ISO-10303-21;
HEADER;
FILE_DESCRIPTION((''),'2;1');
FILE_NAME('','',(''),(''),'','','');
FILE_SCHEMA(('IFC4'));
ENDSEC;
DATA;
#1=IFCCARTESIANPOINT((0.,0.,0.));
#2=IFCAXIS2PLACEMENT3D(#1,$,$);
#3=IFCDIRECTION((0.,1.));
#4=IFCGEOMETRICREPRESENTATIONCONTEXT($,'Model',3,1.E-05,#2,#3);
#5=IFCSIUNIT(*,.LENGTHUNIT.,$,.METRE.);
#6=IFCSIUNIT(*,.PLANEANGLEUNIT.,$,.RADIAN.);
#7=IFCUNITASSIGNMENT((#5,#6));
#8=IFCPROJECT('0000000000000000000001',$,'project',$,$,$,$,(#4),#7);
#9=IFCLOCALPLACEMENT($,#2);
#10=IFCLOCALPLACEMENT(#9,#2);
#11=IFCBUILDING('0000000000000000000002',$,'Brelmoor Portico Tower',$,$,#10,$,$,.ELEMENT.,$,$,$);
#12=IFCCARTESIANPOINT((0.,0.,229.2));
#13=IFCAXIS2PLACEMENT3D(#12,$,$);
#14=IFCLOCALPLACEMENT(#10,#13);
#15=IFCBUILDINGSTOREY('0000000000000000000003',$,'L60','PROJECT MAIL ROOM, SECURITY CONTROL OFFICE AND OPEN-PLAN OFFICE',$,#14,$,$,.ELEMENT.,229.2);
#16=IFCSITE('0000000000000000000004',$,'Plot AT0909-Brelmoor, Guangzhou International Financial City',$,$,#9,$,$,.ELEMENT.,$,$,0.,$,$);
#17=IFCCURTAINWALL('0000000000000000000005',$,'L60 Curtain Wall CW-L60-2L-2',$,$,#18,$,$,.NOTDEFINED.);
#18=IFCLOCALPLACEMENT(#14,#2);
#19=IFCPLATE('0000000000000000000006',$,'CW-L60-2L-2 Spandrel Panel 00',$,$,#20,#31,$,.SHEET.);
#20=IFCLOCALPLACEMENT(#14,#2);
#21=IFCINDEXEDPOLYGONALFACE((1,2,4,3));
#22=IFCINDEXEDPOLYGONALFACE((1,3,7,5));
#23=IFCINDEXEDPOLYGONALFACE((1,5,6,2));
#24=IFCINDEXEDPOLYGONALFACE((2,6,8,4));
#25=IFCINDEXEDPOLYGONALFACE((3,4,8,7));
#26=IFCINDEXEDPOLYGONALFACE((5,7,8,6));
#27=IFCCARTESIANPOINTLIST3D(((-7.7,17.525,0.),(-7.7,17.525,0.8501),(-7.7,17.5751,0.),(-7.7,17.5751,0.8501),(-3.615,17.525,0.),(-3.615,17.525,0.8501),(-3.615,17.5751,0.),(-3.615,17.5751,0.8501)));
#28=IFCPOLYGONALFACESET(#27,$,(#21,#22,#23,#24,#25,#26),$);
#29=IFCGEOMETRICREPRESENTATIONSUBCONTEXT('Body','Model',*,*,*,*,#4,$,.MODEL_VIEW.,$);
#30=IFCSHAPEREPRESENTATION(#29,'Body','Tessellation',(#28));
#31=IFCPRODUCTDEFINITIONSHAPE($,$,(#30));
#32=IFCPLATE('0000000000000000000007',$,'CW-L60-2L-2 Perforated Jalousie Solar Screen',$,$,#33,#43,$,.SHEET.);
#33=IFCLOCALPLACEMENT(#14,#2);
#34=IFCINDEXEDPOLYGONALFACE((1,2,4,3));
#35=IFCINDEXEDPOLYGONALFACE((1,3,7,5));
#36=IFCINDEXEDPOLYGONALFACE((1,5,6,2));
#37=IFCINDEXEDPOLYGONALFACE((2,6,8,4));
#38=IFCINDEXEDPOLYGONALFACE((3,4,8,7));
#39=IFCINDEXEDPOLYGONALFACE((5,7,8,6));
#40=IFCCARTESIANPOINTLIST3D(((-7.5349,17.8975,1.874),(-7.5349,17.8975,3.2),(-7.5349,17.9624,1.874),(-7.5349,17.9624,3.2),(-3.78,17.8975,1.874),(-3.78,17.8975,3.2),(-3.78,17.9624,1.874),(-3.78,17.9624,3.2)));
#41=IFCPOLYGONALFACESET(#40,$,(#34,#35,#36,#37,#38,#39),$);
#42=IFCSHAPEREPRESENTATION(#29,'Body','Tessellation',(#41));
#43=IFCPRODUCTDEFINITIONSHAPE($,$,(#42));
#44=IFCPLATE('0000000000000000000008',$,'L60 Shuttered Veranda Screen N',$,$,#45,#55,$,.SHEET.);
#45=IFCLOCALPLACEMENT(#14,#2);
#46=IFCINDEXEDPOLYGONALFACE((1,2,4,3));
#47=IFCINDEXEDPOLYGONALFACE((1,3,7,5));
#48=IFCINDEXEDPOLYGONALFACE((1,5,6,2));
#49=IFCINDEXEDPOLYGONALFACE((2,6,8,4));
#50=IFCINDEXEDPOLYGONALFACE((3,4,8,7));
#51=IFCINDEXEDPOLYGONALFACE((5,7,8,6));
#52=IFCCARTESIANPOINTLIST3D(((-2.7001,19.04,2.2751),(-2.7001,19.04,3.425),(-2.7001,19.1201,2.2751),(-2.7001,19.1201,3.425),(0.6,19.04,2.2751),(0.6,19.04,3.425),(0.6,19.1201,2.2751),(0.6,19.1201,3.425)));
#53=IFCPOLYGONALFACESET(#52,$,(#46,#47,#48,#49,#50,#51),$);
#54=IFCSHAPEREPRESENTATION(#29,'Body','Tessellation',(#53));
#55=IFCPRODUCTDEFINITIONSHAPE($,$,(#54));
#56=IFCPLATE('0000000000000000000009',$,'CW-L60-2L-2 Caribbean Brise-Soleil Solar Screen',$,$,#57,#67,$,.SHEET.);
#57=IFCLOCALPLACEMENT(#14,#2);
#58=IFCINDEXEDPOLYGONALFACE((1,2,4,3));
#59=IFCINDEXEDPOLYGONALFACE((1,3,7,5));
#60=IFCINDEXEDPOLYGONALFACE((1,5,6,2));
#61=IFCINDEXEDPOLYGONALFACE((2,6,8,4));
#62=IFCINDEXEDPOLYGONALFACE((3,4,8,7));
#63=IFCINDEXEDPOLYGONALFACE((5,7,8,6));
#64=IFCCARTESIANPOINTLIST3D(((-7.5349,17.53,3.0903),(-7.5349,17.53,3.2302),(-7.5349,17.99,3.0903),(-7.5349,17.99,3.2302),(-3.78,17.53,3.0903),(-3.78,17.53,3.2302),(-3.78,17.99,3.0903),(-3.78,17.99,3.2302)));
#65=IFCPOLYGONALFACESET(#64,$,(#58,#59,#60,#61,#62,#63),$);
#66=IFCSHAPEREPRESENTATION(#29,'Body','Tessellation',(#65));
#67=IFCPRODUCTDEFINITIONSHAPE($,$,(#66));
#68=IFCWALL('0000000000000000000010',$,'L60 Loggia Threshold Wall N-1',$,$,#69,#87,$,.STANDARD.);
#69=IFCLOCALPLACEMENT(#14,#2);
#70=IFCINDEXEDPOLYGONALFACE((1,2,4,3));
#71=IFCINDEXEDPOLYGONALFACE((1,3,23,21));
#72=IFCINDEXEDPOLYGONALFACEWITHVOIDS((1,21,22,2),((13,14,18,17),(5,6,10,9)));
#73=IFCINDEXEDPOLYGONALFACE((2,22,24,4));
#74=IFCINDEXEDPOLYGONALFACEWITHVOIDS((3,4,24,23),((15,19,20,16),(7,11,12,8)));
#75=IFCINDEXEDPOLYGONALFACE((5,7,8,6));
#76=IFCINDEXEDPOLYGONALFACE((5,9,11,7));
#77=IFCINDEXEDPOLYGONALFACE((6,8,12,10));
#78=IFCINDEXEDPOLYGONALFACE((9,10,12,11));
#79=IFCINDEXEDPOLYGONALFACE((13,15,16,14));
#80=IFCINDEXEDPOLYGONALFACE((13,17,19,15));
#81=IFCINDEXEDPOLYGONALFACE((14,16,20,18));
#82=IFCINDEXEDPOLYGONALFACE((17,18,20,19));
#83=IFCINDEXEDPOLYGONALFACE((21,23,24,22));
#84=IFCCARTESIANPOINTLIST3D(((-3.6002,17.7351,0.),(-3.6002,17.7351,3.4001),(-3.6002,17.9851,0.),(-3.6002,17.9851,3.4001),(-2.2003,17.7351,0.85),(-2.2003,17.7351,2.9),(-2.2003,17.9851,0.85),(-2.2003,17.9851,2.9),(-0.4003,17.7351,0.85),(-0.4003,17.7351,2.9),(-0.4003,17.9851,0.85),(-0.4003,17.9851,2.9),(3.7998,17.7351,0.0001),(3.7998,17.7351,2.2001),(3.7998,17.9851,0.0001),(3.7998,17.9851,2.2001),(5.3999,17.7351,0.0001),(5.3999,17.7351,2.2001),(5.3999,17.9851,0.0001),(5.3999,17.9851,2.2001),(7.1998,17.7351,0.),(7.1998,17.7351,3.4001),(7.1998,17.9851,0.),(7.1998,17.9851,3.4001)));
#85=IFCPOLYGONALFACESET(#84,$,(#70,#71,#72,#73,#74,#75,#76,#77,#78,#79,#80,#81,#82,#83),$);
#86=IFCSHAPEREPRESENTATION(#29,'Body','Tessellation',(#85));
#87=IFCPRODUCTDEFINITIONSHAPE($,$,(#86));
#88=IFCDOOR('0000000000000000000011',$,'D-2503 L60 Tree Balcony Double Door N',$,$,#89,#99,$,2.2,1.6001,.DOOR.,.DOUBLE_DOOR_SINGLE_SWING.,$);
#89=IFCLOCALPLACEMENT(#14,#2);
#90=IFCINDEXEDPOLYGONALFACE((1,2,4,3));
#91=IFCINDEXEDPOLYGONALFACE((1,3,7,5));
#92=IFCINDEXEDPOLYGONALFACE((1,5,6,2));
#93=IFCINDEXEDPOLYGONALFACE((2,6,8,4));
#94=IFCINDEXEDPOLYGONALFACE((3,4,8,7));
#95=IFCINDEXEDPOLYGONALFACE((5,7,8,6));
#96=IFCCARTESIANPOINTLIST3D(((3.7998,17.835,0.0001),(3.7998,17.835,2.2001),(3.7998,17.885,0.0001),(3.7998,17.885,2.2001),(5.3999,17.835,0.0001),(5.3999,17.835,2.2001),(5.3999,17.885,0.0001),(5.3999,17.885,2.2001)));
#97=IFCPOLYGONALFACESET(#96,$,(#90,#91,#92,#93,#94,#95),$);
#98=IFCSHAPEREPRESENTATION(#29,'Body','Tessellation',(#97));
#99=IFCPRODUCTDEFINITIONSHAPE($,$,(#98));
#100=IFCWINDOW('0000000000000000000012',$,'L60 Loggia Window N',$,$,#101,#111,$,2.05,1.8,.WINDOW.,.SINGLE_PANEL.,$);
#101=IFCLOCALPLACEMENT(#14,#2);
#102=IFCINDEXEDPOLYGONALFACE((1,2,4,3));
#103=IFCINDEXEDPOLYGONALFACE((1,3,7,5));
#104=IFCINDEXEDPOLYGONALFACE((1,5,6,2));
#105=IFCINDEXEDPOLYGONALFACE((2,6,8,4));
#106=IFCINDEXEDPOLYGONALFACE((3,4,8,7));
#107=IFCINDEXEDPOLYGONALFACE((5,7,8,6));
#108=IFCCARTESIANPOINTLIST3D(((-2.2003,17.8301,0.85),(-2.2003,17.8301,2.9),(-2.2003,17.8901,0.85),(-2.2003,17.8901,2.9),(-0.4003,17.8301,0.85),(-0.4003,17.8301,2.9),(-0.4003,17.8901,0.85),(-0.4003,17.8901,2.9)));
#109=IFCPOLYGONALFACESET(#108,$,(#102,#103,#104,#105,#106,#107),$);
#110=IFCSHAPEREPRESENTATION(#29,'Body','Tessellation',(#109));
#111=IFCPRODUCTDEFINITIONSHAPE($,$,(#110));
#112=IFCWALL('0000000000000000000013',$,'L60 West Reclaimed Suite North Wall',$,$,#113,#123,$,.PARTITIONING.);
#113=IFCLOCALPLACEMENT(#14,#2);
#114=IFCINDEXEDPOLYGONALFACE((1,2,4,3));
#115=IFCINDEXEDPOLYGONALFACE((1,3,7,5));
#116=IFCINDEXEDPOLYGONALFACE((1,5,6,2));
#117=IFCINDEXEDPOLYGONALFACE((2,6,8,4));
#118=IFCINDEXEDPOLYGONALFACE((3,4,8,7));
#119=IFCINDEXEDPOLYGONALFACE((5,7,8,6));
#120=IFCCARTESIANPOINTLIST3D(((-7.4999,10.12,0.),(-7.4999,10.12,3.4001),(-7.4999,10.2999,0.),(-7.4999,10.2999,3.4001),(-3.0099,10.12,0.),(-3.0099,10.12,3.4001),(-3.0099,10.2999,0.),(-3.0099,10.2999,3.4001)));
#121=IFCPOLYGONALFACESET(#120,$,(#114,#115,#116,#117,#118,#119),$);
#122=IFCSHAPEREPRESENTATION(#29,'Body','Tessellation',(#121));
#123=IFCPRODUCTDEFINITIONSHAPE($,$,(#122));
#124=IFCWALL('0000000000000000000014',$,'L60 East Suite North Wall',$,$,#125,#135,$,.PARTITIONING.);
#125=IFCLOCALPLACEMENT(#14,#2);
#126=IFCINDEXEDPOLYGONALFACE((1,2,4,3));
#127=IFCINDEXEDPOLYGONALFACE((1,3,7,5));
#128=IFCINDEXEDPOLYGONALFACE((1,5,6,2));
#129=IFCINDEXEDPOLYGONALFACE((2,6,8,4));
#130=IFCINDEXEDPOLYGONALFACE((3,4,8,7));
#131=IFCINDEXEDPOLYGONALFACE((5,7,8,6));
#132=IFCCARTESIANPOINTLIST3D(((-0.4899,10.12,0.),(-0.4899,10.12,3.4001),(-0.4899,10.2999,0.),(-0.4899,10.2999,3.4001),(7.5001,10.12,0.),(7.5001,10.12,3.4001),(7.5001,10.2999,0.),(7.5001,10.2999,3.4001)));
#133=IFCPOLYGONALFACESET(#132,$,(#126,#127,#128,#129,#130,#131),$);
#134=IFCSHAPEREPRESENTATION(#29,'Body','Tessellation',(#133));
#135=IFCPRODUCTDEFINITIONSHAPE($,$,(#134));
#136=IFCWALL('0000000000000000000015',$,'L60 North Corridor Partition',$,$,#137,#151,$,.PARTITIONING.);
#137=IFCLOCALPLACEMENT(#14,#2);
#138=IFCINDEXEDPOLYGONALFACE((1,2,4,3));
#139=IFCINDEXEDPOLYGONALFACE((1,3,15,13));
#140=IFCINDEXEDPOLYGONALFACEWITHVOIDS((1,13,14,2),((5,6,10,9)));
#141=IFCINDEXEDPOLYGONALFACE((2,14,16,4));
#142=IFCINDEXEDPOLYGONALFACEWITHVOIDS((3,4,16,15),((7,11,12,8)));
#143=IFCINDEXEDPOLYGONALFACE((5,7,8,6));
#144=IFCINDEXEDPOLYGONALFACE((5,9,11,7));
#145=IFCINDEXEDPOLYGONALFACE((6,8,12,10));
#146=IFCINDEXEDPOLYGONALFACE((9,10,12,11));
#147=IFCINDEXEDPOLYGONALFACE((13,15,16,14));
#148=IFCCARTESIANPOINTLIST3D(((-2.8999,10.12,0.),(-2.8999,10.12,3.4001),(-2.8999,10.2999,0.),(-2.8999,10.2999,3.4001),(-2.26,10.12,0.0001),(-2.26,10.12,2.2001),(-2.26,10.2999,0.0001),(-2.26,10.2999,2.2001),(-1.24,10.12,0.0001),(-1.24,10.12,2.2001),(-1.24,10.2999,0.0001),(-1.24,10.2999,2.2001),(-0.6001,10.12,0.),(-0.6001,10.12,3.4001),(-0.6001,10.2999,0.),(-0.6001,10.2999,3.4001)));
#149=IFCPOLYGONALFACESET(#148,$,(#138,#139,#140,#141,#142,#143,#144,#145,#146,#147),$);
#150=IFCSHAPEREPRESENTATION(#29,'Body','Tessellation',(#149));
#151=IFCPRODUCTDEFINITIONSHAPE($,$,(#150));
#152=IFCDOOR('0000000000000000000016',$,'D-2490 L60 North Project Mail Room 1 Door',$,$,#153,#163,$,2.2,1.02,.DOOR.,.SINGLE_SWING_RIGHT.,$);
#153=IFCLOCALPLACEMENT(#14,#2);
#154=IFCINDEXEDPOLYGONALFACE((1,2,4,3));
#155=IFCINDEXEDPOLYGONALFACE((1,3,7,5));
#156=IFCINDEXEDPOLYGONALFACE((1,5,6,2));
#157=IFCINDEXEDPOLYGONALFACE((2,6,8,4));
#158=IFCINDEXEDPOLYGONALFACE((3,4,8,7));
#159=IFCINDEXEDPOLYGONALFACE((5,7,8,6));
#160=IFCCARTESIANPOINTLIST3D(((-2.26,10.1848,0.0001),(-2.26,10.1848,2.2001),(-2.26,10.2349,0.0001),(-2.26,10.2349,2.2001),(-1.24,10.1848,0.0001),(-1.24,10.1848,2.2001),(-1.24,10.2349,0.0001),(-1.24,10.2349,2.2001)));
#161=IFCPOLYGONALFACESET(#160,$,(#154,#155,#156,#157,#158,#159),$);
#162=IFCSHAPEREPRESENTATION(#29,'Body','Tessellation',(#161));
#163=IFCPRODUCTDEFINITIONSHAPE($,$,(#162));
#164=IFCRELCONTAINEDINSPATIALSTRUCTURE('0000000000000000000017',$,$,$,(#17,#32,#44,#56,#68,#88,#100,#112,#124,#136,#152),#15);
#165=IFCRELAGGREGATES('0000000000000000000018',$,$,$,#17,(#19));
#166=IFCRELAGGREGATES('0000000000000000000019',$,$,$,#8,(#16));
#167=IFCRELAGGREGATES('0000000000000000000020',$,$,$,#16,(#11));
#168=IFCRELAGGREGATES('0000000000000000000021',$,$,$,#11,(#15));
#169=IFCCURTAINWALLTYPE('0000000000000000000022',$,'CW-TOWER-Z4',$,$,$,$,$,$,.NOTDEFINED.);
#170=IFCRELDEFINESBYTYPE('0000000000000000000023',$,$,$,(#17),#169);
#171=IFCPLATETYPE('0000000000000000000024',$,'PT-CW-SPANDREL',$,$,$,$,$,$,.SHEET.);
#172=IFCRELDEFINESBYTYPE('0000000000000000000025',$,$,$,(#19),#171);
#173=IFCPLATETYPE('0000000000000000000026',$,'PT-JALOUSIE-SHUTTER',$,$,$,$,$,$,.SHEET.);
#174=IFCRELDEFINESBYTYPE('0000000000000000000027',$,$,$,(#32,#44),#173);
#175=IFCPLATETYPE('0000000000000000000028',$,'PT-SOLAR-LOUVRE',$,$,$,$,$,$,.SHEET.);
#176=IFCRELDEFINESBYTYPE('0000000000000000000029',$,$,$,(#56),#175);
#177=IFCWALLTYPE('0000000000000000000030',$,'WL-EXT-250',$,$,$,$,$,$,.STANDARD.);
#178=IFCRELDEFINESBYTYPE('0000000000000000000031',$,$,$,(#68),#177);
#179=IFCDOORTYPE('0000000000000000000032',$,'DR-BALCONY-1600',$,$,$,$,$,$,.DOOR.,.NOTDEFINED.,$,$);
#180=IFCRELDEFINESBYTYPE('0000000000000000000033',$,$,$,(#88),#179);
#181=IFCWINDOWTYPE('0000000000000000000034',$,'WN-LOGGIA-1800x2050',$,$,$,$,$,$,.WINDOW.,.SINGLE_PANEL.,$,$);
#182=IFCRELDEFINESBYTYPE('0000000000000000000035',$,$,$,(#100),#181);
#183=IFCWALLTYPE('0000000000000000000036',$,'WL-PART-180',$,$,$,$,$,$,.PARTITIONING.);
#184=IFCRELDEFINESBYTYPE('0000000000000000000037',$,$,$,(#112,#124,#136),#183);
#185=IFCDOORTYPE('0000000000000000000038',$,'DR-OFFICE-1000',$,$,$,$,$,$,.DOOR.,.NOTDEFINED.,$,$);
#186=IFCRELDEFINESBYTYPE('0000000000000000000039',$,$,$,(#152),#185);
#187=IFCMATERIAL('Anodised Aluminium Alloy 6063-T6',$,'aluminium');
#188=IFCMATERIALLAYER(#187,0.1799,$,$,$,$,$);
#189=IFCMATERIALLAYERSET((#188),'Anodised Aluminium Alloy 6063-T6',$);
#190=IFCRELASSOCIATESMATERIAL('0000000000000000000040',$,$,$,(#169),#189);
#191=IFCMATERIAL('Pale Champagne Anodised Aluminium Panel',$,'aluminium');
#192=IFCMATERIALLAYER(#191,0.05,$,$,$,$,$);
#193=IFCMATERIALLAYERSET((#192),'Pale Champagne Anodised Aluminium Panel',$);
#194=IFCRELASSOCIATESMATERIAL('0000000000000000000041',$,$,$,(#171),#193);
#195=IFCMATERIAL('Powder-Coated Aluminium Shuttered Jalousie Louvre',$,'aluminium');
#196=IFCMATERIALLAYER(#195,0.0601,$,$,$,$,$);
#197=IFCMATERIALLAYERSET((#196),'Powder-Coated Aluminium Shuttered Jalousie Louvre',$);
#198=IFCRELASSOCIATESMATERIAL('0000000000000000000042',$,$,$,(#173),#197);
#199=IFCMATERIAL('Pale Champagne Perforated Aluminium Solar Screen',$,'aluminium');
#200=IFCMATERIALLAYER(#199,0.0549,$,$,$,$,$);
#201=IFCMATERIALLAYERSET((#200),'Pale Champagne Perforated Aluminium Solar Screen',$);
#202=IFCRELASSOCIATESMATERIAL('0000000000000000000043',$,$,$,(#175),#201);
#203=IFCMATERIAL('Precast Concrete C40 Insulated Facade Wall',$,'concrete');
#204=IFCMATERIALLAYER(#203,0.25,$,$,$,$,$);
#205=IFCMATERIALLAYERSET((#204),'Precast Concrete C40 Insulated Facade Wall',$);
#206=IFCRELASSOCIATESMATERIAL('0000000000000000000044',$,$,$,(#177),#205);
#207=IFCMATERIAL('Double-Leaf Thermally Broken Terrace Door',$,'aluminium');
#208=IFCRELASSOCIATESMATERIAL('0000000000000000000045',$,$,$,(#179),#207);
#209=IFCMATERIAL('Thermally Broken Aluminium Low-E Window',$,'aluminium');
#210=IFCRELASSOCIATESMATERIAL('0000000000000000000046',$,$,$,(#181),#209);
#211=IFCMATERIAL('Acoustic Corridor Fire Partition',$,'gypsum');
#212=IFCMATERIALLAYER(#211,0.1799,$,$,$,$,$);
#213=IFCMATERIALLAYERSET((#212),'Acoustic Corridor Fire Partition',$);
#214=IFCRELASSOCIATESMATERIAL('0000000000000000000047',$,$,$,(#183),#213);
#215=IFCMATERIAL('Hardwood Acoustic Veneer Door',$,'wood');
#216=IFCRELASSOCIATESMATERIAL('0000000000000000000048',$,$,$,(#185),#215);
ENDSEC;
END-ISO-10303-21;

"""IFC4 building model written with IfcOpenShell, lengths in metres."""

from ifc_helpers import new_model, si_unit, direction, frame, frame_2d, origin, origin_2d, place, context, subcontext, project, spatial, rectangle, extrude, material, layer, layer_set, type_object, element, fill, aggregate, save


model = new_model("IFC4")

# Units and contexts
model_context = context("Model", 3, precision=1e-05, world=origin(), true_north=direction((0.0, 1.0)))
body_context = subcontext(model_context, "Body", "Model", "MODEL_VIEW")
ifc_project = project(units=[si_unit("LENGTHUNIT", "METRE"), si_unit("PLANEANGLEUNIT", "RADIAN")], contexts=[model_context])

# Site, building, storey
site_placement = place(None, origin())
site = spatial("IfcSite", under=ifc_project, at=site_placement, Name="Plot AT0909-Brelmoor, Guangzhou International Financial City", CompositionType="ELEMENT", RefElevation=0.0)
building_placement = place(site_placement, origin())
building = spatial("IfcBuilding", under=site, at=building_placement, Name="Brelmoor Portico Tower", CompositionType="ELEMENT")
storey_placement = place(building_placement, frame((0.0, 0.0, 229.2)))
storey = spatial("IfcBuildingStorey", under=building, at=storey_placement, Name="L60", Description="PROJECT MAIL ROOM, SECURITY CONTROL OFFICE AND OPEN-PLAN OFFICE", CompositionType="ELEMENT", Elevation=229.2)

# Curtain wall
ifc_material_1 = material(Name="Anodised Aluminium Alloy 6063-T6", Category="aluminium")
ifc_layer_1 = layer(ifc_material_1, 0.1799)
ifc_layer_set_1 = layer_set([ifc_layer_1], Name="Anodised Aluminium Alloy 6063-T6")
curtain_wall_type = type_object("IfcCurtainWallType", Name="CW-TOWER-Z4", PredefinedType="NOTDEFINED", material=ifc_layer_set_1)
curtain_wall_placement = place(storey_placement, origin())
curtain_wall = element("IfcCurtainWall", 1, at=curtain_wall_placement, inside=storey, type_object=curtain_wall_type, Name="L60 Curtain Wall CW-L60-2L-2", PredefinedType="NOTDEFINED")

# Plate
ifc_material_2 = material(Name="Pale Champagne Anodised Aluminium Panel", Category="aluminium")
ifc_layer_2 = layer(ifc_material_2, 0.05)
ifc_layer_set_2 = layer_set([ifc_layer_2], Name="Pale Champagne Anodised Aluminium Panel")
plate_type_1 = type_object("IfcPlateType", Name="PT-CW-SPANDREL", PredefinedType="SHEET", material=ifc_layer_set_2)
plate_1_placement = place(storey_placement, frame((-5.6575, 17.55, 0.0), z_axis=(0.0, 0.0, 1.0), x_axis=(1.0, 0.0, 0.0)))
plate_1 = element("IfcPlate", 2, at=plate_1_placement, type_object=plate_type_1, Name="CW-L60-2L-2 Spandrel Panel 00", PredefinedType="SHEET", context=body_context, shape_type="SweptSolid", body=[
    extrude(rectangle(XDim=4.085, YDim=0.05, at=origin_2d()), origin(), (0.0, 0.0, 1.0), 0.8501),
])
aggregate(curtain_wall, [plate_1])

# Plates
ifc_material_3 = material(Name="Powder-Coated Aluminium Shuttered Jalousie Louvre", Category="aluminium")
ifc_layer_3 = layer(ifc_material_3, 0.0601)
ifc_layer_set_3 = layer_set([ifc_layer_3], Name="Powder-Coated Aluminium Shuttered Jalousie Louvre")
plate_type_2 = type_object("IfcPlateType", Name="PT-JALOUSIE-SHUTTER", PredefinedType="SHEET", material=ifc_layer_set_3)
plate_2_placement = place(storey_placement, frame((-5.6575, 17.9299, 1.874), z_axis=(0.0, 0.0, 1.0), x_axis=(1.0, 0.0, 0.0)))
element("IfcPlate", 3, at=plate_2_placement, inside=storey, type_object=plate_type_2, Name="CW-L60-2L-2 Perforated Jalousie Solar Screen", PredefinedType="SHEET", context=body_context, shape_type="SweptSolid", body=[
    extrude(rectangle(XDim=3.7549, YDim=0.0649, at=origin_2d()), origin(), (0.0, 0.0, 1.0), 1.3259),
])
plate_3_placement = place(storey_placement, frame((-1.05, 19.0801, 2.2751), z_axis=(0.0, 0.0, 1.0), x_axis=(1.0, 0.0, 0.0)))
element("IfcPlate", 4, at=plate_3_placement, inside=storey, type_object=plate_type_2, Name="L60 Shuttered Veranda Screen N", PredefinedType="SHEET", context=body_context, shape_type="SweptSolid", body=[
    extrude(rectangle(XDim=3.3, YDim=0.0801, at=origin_2d()), origin(), (0.0, 0.0, 1.0), 1.1499),
])
ifc_material_4 = material(Name="Pale Champagne Perforated Aluminium Solar Screen", Category="aluminium")
ifc_layer_4 = layer(ifc_material_4, 0.0549)
ifc_layer_set_4 = layer_set([ifc_layer_4], Name="Pale Champagne Perforated Aluminium Solar Screen")
plate_type_3 = type_object("IfcPlateType", Name="PT-SOLAR-LOUVRE", PredefinedType="SHEET", material=ifc_layer_set_4)
plate_4_placement = place(storey_placement, frame((-5.6575, 17.76, 3.0903), z_axis=(0.0, 0.0, 1.0), x_axis=(1.0, 0.0, 0.0)))
element("IfcPlate", 5, at=plate_4_placement, inside=storey, type_object=plate_type_3, Name="CW-L60-2L-2 Caribbean Brise-Soleil Solar Screen", PredefinedType="SHEET", context=body_context, shape_type="SweptSolid", body=[
    extrude(rectangle(XDim=3.7549, YDim=0.46, at=origin_2d()), origin(), (0.0, 0.0, 1.0), 0.1399),
])

# Wall, openings, door, window
ifc_material_5 = material(Name="Precast Concrete C40 Insulated Facade Wall", Category="concrete")
ifc_layer_5 = layer(ifc_material_5, 0.25)
ifc_layer_set_5 = layer_set([ifc_layer_5], Name="Precast Concrete C40 Insulated Facade Wall")
wall_type_1 = type_object("IfcWallType", Name="WL-EXT-250", PredefinedType="STANDARD", material=ifc_layer_set_5)
wall_1_placement = place(storey_placement, frame((-3.6001, 17.8601, 0.0), z_axis=(0.0, 0.0, 1.0), x_axis=(1.0, 0.0, 0.0)))
wall_1 = element("IfcWall", 6, at=wall_1_placement, inside=storey, type_object=wall_type_1, Name="L60 Loggia Threshold Wall N-1", PredefinedType="STANDARD", context=body_context, shape_type="SweptSolid", body=[
    extrude(rectangle(XDim=10.8, YDim=0.25, at=frame_2d((5.3999, 0.0))), origin(), (0.0, 0.0, 1.0), 3.4001),
])
opening_1_placement = place(wall_1_placement, frame((7.3999, 0.0, 0.0)))
opening_1 = element("IfcOpeningElement", 7, at=opening_1_placement, cuts=wall_1, PredefinedType="OPENING", context=body_context, shape_type="SweptSolid", body=[
    extrude(rectangle(XDim=1.6001, YDim=2.2, at=frame_2d((0.8, 1.1001))), frame((0.0, 0.135, 0.0), z_axis=(0.0, -1.0, 0.0), x_axis=(1.0, 0.0, 0.0)), (0.0, 0.0, 1.0), 0.27),
])
opening_2_placement = place(wall_1_placement, frame((1.3999, 0.0, 0.8501)))
opening_2 = element("IfcOpeningElement", 8, at=opening_2_placement, cuts=wall_1, PredefinedType="OPENING", context=body_context, shape_type="SweptSolid", body=[
    extrude(rectangle(XDim=1.8, YDim=2.05, at=frame_2d((0.8999, 1.0249))), frame((0.0, 0.135, 0.0), z_axis=(0.0, -1.0, 0.0), x_axis=(1.0, 0.0, 0.0)), (0.0, 0.0, 1.0), 0.27),
])
ifc_material_6 = material(Name="Double-Leaf Thermally Broken Terrace Door", Category="aluminium")
door_type_1 = type_object("IfcDoorType", Name="DR-BALCONY-1600", OperationType="NOTDEFINED", PredefinedType="DOOR", material=ifc_material_6)
door_1_placement = place(opening_1_placement, origin())
door_1 = element("IfcDoor", 9, at=door_1_placement, inside=storey, type_object=door_type_1, Name="D-2503 L60 Tree Balcony Double Door N", OperationType="DOUBLE_DOOR_SINGLE_SWING", OverallHeight=2.2, OverallWidth=1.6001, PredefinedType="DOOR", context=body_context, shape_type="SweptSolid", body=[
    extrude(rectangle(XDim=1.6001, YDim=2.2, at=frame_2d((0.8, 1.1001))), frame((0.0, 0.0249, 0.0), z_axis=(0.0, -1.0, 0.0), x_axis=(1.0, 0.0, 0.0)), (0.0, 0.0, 1.0), 0.05),
])
fill(opening_1, door_1)
ifc_material_7 = material(Name="Thermally Broken Aluminium Low-E Window", Category="aluminium")
window_type = type_object("IfcWindowType", Name="WN-LOGGIA-1800x2050", PartitioningType="SINGLE_PANEL", PredefinedType="WINDOW", material=ifc_material_7)
window_placement = place(opening_2_placement, origin())
window = element("IfcWindow", 10, at=window_placement, inside=storey, type_object=window_type, Name="L60 Loggia Window N", OverallHeight=2.05, OverallWidth=1.8, PartitioningType="SINGLE_PANEL", PredefinedType="WINDOW", context=body_context, shape_type="SweptSolid", body=[
    extrude(rectangle(XDim=1.8, YDim=2.05, at=frame_2d((0.8999, 1.0249))), frame((0.0, 0.03, 0.0), z_axis=(0.0, -1.0, 0.0), x_axis=(1.0, 0.0, 0.0)), (0.0, 0.0, 1.0), 0.0601),
])
fill(opening_2, window)

# Walls
ifc_material_8 = material(Name="Acoustic Corridor Fire Partition", Category="gypsum")
ifc_layer_6 = layer(ifc_material_8, 0.1799)
ifc_layer_set_6 = layer_set([ifc_layer_6], Name="Acoustic Corridor Fire Partition")
wall_type_2 = type_object("IfcWallType", Name="WL-PART-180", PredefinedType="PARTITIONING", material=ifc_layer_set_6)
wall_2_placement = place(storey_placement, frame((-7.5, 10.21, 0.0), z_axis=(0.0, 0.0, 1.0), x_axis=(1.0, 0.0, 0.0)))
element("IfcWall", 11, at=wall_2_placement, inside=storey, type_object=wall_type_2, Name="L60 West Reclaimed Suite North Wall", PredefinedType="PARTITIONING", context=body_context, shape_type="SweptSolid", body=[
    extrude(rectangle(XDim=4.49, YDim=0.1799, at=frame_2d((2.2451, 0.0))), origin(), (0.0, 0.0, 1.0), 3.4001),
])
wall_3_placement = place(storey_placement, frame((-0.49, 10.21, 0.0), z_axis=(0.0, 0.0, 1.0), x_axis=(1.0, 0.0, 0.0)))
element("IfcWall", 12, at=wall_3_placement, inside=storey, type_object=wall_type_2, Name="L60 East Suite North Wall", PredefinedType="PARTITIONING", context=body_context, shape_type="SweptSolid", body=[
    extrude(rectangle(XDim=7.99, YDim=0.1799, at=frame_2d((3.9951, 0.0))), origin(), (0.0, 0.0, 1.0), 3.4001),
])

# Wall, opening, door
wall_4_placement = place(storey_placement, frame((-2.8999, 10.21, 0.0), z_axis=(0.0, 0.0, 1.0), x_axis=(1.0, 0.0, 0.0)))
wall_4 = element("IfcWall", 13, at=wall_4_placement, inside=storey, type_object=wall_type_2, Name="L60 North Corridor Partition", PredefinedType="PARTITIONING", context=body_context, shape_type="SweptSolid", body=[
    extrude(rectangle(XDim=2.2998, YDim=0.1799, at=frame_2d((1.1499, 0.0))), origin(), (0.0, 0.0, 1.0), 3.4001),
])
opening_3_placement = place(wall_4_placement, frame((0.6399, 0.0, 0.0)))
opening_3 = element("IfcOpeningElement", 14, at=opening_3_placement, cuts=wall_4, PredefinedType="OPENING", context=body_context, shape_type="SweptSolid", body=[
    extrude(rectangle(XDim=1.02, YDim=2.2, at=frame_2d((0.51, 1.1001))), frame((0.0, 0.0999, 0.0), z_axis=(0.0, -1.0, 0.0), x_axis=(1.0, 0.0, 0.0)), (0.0, 0.0, 1.0), 0.2),
])
ifc_material_9 = material(Name="Hardwood Acoustic Veneer Door", Category="wood")
door_type_2 = type_object("IfcDoorType", Name="DR-OFFICE-1000", OperationType="NOTDEFINED", PredefinedType="DOOR", material=ifc_material_9)
door_2_placement = place(opening_3_placement, origin())
door_2 = element("IfcDoor", 15, at=door_2_placement, inside=storey, type_object=door_type_2, Name="D-2490 L60 North Project Mail Room 1 Door", OperationType="SINGLE_SWING_RIGHT", OverallHeight=2.2, OverallWidth=1.02, PredefinedType="DOOR", context=body_context, shape_type="SweptSolid", body=[
    extrude(rectangle(XDim=1.02, YDim=2.2, at=frame_2d((0.51, 1.1001))), frame((0.0, 0.0249, 0.0), z_axis=(0.0, -1.0, 0.0), x_axis=(1.0, 0.0, 0.0)), (0.0, 0.0, 1.0), 0.05),
])
fill(opening_3, door_2)

save(model, "model.ifc")
